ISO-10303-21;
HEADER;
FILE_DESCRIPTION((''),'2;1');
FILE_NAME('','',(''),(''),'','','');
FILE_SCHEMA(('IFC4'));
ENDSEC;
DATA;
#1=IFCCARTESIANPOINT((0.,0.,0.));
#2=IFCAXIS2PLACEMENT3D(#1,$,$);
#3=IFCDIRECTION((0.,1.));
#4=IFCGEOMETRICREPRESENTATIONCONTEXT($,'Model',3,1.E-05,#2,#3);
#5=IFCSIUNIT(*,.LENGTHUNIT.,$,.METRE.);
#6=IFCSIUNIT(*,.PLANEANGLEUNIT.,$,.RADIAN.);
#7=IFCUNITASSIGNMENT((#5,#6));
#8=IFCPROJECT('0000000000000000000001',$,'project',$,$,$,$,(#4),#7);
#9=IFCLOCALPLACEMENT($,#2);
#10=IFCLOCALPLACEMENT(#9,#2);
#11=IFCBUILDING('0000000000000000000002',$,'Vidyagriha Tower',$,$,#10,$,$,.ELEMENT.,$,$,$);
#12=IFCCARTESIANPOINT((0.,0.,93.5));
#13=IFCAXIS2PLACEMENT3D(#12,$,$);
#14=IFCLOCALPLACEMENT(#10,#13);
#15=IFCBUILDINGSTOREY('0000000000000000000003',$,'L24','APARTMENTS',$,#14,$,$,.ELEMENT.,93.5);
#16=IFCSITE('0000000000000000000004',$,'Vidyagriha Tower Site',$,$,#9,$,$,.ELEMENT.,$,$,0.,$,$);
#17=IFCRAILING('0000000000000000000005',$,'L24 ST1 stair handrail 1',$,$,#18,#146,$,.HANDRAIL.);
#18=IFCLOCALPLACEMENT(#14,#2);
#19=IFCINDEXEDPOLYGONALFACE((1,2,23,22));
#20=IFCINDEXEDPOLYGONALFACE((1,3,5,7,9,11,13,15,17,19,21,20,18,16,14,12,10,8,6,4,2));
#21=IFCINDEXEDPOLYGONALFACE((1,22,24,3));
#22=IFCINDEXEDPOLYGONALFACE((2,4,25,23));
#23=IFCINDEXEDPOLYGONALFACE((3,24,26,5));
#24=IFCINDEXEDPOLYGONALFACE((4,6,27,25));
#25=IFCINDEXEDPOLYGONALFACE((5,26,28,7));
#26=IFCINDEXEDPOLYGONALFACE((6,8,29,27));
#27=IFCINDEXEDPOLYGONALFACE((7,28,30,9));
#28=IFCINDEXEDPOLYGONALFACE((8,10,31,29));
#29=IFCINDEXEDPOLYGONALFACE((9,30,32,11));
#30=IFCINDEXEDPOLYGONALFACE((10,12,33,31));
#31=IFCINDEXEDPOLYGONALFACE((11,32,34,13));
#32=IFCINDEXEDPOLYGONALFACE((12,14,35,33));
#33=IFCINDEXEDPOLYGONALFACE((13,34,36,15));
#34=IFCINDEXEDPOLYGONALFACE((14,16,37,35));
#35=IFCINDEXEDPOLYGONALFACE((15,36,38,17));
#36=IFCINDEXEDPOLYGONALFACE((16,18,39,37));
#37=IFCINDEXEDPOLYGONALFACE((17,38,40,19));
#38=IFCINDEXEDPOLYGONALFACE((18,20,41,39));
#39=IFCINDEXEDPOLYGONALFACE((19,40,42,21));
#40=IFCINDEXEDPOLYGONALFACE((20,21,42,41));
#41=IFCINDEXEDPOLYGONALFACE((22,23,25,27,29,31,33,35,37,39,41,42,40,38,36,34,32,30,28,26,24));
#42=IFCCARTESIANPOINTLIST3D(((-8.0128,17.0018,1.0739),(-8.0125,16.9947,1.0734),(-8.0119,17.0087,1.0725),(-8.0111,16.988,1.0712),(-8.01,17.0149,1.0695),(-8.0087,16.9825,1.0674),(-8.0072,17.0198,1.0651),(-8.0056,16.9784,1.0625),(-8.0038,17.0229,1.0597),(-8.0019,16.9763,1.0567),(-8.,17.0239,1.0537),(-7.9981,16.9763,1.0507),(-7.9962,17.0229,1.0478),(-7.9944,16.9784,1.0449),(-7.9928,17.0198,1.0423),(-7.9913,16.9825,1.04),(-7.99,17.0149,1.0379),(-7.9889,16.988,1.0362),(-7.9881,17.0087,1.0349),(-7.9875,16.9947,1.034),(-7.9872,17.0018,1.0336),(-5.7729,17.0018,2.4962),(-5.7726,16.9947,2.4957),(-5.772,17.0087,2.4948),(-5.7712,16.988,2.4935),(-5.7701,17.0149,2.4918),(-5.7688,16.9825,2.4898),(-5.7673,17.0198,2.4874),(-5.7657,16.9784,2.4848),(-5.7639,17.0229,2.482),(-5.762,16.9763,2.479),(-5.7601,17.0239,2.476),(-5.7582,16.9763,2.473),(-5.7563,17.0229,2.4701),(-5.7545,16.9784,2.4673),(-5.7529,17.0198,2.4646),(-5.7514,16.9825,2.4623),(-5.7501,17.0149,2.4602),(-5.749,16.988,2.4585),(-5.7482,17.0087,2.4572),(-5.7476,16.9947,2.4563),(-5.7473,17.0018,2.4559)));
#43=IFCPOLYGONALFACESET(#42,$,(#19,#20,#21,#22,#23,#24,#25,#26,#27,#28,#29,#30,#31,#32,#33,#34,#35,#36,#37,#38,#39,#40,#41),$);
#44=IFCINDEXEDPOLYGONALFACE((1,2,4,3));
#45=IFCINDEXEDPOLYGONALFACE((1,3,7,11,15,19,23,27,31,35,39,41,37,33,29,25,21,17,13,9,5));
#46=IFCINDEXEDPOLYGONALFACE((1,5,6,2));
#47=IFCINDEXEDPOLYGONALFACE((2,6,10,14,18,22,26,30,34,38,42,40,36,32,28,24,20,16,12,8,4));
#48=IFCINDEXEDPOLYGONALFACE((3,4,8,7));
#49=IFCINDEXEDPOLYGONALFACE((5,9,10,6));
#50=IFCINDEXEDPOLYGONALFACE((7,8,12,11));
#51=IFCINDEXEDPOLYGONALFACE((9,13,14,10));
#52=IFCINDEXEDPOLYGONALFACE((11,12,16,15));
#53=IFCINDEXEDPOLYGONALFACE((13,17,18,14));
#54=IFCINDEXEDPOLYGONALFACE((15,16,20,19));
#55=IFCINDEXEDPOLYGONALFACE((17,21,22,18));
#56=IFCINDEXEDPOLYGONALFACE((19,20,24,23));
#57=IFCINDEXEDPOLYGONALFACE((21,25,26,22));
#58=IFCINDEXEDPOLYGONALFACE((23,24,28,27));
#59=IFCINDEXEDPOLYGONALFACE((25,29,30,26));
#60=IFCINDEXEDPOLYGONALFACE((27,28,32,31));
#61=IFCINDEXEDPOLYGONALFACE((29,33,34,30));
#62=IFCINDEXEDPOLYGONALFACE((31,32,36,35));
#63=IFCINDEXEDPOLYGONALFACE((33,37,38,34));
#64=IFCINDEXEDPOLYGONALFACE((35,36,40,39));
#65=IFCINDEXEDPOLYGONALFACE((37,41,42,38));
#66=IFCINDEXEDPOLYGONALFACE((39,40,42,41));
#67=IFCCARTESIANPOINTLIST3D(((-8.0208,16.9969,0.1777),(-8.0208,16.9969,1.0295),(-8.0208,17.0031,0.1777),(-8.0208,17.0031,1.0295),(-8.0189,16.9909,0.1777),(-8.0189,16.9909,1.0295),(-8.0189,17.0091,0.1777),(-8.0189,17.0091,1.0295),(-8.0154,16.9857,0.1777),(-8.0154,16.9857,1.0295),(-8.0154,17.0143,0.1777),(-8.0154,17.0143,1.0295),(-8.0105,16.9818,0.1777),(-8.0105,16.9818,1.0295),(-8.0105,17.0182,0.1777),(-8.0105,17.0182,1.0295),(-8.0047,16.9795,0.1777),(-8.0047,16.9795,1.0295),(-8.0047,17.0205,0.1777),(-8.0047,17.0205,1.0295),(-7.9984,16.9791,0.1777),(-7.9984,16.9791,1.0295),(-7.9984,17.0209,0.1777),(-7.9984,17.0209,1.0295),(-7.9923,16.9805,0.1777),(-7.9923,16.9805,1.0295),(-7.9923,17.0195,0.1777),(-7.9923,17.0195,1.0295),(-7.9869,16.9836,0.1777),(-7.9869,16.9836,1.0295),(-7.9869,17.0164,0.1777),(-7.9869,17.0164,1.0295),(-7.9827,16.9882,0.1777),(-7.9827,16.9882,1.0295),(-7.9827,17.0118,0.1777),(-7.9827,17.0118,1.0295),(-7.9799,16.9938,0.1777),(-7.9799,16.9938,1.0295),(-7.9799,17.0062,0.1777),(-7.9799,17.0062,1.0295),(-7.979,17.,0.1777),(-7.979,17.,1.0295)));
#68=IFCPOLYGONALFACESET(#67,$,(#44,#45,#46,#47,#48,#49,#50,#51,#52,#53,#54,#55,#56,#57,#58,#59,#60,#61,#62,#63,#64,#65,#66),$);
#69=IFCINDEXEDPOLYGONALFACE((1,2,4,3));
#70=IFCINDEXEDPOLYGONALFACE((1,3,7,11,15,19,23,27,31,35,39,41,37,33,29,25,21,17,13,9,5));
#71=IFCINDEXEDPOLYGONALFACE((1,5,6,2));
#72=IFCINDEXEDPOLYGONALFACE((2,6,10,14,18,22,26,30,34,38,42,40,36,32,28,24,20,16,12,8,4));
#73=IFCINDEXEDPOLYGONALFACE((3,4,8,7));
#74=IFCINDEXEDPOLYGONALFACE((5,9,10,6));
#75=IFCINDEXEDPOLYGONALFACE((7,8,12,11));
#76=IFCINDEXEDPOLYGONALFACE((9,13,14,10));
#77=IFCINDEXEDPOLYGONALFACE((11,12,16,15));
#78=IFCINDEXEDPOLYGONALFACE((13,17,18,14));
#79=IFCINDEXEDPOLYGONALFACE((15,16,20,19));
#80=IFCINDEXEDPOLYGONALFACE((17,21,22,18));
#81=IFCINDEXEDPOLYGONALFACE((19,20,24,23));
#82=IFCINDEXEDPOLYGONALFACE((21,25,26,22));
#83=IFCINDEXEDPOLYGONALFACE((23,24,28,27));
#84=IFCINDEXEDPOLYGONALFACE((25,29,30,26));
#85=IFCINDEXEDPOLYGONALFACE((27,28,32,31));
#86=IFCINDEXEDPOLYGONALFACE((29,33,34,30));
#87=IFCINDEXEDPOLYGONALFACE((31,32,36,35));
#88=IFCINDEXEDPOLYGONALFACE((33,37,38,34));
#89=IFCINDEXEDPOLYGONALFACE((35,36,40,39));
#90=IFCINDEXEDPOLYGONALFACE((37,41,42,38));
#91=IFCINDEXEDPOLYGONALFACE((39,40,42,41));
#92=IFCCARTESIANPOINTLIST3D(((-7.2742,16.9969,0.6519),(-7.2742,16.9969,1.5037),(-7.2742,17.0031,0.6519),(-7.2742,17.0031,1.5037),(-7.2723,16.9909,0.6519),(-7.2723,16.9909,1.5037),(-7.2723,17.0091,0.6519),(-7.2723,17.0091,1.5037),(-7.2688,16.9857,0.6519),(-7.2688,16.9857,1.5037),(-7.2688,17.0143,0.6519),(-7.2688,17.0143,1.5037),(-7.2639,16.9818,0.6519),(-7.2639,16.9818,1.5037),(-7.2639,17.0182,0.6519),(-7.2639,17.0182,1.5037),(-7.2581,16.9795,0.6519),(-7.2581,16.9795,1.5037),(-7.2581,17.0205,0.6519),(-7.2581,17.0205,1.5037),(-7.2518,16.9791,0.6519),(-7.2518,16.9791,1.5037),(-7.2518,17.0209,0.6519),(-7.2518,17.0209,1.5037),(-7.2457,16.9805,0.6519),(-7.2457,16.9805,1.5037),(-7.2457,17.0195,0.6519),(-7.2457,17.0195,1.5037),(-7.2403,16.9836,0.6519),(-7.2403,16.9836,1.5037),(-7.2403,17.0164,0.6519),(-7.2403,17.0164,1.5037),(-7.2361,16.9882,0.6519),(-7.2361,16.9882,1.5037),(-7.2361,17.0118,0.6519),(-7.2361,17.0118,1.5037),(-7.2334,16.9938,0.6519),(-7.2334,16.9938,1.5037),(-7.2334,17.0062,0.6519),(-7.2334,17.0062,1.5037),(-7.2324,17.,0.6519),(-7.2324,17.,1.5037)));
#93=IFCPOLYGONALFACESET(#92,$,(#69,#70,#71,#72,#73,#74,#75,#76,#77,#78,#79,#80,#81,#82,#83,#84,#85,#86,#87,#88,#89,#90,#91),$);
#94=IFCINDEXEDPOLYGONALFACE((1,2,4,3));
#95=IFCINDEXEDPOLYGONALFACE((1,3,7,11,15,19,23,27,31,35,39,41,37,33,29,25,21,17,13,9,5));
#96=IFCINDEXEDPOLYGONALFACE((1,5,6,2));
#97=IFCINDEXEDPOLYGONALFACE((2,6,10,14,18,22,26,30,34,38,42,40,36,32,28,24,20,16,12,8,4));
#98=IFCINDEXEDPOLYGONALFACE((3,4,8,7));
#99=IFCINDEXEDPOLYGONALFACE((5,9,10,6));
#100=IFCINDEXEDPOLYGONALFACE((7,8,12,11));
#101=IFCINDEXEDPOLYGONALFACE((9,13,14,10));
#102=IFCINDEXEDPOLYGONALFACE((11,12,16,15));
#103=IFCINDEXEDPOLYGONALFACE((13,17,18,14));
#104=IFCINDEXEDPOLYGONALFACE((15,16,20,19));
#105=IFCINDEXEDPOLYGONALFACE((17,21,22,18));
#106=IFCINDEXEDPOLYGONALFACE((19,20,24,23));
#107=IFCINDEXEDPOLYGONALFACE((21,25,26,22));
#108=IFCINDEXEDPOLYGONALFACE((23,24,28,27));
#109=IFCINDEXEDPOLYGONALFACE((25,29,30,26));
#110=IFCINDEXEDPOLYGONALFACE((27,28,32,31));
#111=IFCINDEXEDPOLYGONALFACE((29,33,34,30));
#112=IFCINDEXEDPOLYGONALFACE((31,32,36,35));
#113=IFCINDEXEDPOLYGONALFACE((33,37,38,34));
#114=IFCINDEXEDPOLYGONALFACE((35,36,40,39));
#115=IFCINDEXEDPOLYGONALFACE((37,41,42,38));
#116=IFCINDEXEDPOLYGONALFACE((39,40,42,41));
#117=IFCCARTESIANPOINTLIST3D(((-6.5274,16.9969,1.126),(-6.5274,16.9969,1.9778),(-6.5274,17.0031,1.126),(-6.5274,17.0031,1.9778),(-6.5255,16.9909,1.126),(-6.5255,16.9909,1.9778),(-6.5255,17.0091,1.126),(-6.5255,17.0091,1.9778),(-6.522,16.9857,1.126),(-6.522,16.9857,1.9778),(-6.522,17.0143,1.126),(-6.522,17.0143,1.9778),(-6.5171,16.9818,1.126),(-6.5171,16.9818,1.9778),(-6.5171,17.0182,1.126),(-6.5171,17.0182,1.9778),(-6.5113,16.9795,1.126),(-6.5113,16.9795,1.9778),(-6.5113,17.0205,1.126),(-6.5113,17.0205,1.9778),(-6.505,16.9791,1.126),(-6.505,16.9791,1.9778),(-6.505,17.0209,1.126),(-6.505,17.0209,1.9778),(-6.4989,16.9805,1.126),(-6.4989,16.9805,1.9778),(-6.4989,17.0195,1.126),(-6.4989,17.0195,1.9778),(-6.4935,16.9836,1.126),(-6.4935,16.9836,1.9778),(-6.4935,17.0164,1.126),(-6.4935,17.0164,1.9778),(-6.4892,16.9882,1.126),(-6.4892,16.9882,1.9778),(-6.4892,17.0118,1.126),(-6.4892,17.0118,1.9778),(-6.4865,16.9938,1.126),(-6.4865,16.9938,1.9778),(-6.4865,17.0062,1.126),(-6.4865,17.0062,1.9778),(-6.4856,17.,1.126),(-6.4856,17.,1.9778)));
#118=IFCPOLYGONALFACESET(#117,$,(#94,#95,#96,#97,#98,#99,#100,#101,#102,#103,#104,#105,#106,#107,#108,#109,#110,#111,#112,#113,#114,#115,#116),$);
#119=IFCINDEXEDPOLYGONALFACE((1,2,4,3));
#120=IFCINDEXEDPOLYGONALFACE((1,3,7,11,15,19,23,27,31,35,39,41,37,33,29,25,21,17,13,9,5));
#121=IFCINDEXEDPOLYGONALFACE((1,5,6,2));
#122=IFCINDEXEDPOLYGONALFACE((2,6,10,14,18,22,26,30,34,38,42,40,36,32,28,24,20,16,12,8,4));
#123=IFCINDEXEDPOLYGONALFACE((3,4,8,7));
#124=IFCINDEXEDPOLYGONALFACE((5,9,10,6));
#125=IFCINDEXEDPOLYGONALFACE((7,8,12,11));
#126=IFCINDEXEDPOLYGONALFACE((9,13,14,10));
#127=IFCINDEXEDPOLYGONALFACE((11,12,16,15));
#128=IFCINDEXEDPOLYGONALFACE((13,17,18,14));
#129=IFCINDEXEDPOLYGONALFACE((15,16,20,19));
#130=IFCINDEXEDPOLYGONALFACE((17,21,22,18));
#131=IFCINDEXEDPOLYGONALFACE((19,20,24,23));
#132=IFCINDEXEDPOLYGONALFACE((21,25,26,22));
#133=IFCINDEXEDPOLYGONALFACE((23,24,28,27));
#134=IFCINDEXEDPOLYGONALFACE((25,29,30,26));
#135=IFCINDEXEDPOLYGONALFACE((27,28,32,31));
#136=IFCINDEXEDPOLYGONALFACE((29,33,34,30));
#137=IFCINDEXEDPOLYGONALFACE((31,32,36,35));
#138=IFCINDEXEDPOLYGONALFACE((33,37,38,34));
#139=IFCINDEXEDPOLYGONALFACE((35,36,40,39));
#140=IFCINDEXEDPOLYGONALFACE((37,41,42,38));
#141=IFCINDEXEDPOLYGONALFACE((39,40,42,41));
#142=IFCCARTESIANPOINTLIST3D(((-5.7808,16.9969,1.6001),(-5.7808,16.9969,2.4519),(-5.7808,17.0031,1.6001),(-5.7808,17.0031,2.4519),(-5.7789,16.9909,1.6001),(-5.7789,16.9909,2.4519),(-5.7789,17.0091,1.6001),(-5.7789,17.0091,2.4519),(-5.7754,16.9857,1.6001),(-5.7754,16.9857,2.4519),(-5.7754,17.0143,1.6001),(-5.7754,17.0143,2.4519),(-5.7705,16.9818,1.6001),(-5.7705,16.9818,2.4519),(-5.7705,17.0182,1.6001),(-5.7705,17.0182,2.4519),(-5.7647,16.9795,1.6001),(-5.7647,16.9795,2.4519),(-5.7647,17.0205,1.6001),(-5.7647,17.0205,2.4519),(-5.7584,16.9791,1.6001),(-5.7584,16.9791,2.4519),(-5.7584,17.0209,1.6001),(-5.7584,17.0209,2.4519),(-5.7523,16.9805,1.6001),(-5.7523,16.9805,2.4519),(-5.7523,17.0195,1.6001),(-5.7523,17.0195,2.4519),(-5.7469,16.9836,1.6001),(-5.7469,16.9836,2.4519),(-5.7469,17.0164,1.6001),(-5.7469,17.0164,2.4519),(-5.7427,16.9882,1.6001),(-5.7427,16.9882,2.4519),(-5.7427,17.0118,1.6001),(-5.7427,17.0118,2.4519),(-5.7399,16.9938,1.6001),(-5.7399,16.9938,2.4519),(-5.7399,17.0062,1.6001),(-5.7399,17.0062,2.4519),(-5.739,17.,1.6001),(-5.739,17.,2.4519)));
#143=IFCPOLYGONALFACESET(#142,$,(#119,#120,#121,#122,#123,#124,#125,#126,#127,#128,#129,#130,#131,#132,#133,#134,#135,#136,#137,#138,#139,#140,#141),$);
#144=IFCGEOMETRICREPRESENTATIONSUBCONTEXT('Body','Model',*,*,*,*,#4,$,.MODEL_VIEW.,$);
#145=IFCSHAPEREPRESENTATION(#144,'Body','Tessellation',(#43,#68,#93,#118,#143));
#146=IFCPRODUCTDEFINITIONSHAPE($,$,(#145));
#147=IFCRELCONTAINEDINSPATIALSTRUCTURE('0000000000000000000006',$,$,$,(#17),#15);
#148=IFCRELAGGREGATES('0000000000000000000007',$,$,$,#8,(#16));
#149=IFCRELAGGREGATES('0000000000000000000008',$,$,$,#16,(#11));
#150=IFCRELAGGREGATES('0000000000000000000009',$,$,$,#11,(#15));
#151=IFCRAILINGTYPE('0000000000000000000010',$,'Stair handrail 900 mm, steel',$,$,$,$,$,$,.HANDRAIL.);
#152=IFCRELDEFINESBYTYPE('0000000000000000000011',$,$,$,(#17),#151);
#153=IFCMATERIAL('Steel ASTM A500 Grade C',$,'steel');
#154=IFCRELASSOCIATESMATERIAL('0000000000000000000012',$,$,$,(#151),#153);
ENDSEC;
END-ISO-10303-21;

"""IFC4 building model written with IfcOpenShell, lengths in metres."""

from ifc_helpers import new_model, si_unit, direction, frame, origin, origin_2d, place, context, subcontext, project, spatial, circle, extrude, material, type_object, element, save


model = new_model("IFC4")

# Units and contexts
model_context = context("Model", 3, precision=1e-05, world=origin(), true_north=direction((0.0, 1.0)))
body_context = subcontext(model_context, "Body", "Model", "MODEL_VIEW")
ifc_project = project(units=[si_unit("LENGTHUNIT", "METRE"), si_unit("PLANEANGLEUNIT", "RADIAN")], contexts=[model_context])

# Site, building, storey
site_placement = place(None, origin())
site = spatial("IfcSite", under=ifc_project, at=site_placement, Name="Vidyagriha Tower Site", CompositionType="ELEMENT", RefElevation=0.0)
building_placement = place(site_placement, origin())
building = spatial("IfcBuilding", under=site, at=building_placement, Name="Vidyagriha Tower", CompositionType="ELEMENT")
storey_placement = place(building_placement, frame((0.0, 0.0, 93.5)))
storey = spatial("IfcBuildingStorey", under=building, at=storey_placement, Name="L24", Description="APARTMENTS", CompositionType="ELEMENT", Elevation=93.5)

# Railing
ifc_material_1 = material(Name="Steel ASTM A500 Grade C", Category="steel")
railing_type_1 = type_object("IfcRailingType", Name="Stair handrail 900 mm, steel", PredefinedType="HANDRAIL", material=ifc_material_1)
railing_1_placement = place(storey_placement, frame((-8.0, 17.0, 0.1777)))
element("IfcRailing", 1, at=railing_1_placement, inside=storey, type_object=railing_type_1, Name="L24 ST1 stair handrail 1", PredefinedType="HANDRAIL", context=body_context, shape_type="SweptSolid", body=[
    extrude(circle(Radius=0.0239, at=origin_2d()), frame((0.0, 0.0, 0.876), z_axis=(0.844188, 0.0, 0.536048), x_axis=(0.0, 1.0, 0.0)), (0.0, 0.0, 1.0), 2.6533),
    extrude(circle(Radius=0.021, at=origin_2d()), origin(), (0.0, 0.0, 1.0), 0.8518),
    extrude(circle(Radius=0.021, at=origin_2d()), frame((0.7466, 0.0, 0.4741)), (0.0, 0.0, 1.0), 0.8518),
    extrude(circle(Radius=0.021, at=origin_2d()), frame((1.4934, 0.0, 0.9482)), (0.0, 0.0, 1.0), 0.8518),
    extrude(circle(Radius=0.021, at=origin_2d()), frame((2.24, 0.0, 1.4224)), (0.0, 0.0, 1.0), 0.8518),
])

save(model, "model.ifc")
